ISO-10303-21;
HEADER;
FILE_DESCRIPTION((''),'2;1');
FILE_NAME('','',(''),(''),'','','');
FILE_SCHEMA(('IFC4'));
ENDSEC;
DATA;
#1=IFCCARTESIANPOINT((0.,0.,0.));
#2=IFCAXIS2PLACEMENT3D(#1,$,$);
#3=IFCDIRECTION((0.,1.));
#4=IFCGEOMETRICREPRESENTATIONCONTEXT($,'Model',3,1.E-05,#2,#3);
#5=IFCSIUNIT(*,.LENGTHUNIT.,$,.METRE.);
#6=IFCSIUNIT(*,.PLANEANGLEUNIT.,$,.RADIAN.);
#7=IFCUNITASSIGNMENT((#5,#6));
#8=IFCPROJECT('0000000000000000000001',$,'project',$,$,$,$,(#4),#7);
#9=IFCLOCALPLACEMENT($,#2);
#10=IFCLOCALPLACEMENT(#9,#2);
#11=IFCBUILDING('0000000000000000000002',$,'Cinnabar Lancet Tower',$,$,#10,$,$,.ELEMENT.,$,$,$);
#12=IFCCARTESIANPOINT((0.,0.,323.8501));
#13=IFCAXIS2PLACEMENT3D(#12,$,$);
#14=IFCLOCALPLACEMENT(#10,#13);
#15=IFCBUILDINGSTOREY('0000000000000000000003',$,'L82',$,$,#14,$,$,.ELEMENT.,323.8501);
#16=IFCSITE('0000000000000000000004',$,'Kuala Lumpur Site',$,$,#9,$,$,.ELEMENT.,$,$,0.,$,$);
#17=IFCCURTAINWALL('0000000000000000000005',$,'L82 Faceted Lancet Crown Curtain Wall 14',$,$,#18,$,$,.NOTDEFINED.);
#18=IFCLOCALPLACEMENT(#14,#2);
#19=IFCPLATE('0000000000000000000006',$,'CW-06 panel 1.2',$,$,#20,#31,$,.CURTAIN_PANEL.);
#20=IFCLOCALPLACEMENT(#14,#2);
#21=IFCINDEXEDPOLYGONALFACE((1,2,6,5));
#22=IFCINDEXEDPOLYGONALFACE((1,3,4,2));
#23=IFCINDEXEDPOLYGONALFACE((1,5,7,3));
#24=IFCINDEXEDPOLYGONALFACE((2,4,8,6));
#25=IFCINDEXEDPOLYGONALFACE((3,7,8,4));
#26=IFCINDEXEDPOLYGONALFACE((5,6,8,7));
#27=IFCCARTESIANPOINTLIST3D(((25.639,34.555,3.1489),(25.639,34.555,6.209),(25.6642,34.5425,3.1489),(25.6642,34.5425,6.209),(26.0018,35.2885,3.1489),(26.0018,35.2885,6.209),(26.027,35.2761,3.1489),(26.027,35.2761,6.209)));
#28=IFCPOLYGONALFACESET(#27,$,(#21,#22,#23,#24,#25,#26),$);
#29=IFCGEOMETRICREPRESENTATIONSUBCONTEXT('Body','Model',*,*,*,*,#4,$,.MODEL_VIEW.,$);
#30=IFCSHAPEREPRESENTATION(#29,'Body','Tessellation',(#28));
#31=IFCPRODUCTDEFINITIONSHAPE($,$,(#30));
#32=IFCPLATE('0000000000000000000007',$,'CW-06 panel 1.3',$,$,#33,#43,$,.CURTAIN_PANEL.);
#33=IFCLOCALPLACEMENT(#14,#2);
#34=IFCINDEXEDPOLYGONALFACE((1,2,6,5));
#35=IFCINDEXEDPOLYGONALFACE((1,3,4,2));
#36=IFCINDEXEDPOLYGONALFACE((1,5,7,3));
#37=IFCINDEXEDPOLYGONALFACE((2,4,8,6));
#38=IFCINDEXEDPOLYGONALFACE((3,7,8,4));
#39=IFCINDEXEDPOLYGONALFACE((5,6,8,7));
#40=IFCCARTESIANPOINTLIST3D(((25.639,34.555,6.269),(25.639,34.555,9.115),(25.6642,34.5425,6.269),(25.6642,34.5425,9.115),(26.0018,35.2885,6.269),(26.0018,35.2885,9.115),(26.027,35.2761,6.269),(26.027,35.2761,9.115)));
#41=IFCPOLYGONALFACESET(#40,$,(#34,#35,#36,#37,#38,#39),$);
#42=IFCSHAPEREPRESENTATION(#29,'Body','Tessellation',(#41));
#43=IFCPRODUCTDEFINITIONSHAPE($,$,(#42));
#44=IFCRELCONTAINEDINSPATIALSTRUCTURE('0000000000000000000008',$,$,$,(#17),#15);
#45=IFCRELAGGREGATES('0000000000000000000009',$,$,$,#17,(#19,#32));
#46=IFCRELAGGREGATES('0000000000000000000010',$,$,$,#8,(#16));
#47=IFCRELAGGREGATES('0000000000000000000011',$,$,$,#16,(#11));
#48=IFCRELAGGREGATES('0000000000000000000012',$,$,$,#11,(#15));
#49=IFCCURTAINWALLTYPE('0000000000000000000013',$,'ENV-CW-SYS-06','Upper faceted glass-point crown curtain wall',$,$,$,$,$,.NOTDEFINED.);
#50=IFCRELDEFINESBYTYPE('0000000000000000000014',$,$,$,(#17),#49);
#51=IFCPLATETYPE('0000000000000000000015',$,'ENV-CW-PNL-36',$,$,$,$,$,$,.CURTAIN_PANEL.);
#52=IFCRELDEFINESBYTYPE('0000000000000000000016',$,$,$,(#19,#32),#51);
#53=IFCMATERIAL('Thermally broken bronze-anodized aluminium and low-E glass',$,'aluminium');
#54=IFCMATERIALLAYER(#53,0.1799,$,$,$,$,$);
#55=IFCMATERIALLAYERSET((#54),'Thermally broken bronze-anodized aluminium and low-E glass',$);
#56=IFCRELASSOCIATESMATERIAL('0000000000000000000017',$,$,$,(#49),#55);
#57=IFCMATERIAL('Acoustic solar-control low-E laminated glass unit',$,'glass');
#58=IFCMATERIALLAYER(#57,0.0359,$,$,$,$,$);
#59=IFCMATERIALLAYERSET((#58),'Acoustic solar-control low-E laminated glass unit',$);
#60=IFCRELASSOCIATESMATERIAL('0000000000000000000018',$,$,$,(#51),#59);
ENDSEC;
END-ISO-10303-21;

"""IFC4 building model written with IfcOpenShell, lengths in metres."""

from ifc_helpers import new_model, si_unit, direction, frame, origin, origin_2d, place, context, subcontext, project, spatial, rectangle, extrude, material, layer, layer_set, type_object, element, aggregate, save


model = new_model("IFC4")

# Units and contexts
model_context = context("Model", 3, precision=1e-05, world=origin(), true_north=direction((0.0, 1.0)))
body_context = subcontext(model_context, "Body", "Model", "MODEL_VIEW")
ifc_project = project(units=[si_unit("LENGTHUNIT", "METRE"), si_unit("PLANEANGLEUNIT", "RADIAN")], contexts=[model_context])

# Site, building, storey
site_placement = place(None, origin())
site = spatial("IfcSite", under=ifc_project, at=site_placement, Name="Kuala Lumpur Site", CompositionType="ELEMENT", RefElevation=0.0)
building_placement = place(site_placement, origin())
building = spatial("IfcBuilding", under=site, at=building_placement, Name="Cinnabar Lancet Tower", CompositionType="ELEMENT")
storey_placement = place(building_placement, frame((0.0, 0.0, 323.8501)))
storey = spatial("IfcBuildingStorey", under=building, at=storey_placement, Name="L82", CompositionType="ELEMENT", Elevation=323.8501)

# Curtain wall
ifc_material_1 = material(Name="Thermally broken bronze-anodized aluminium and low-E glass", Category="aluminium")
ifc_layer_1 = layer(ifc_material_1, 0.1799)
ifc_layer_set_1 = layer_set([ifc_layer_1], Name="Thermally broken bronze-anodized aluminium and low-E glass")
curtain_wall_type = type_object("IfcCurtainWallType", Name="ENV-CW-SYS-06", Description="Upper faceted glass-point crown curtain wall", PredefinedType="NOTDEFINED", material=ifc_layer_set_1)
curtain_wall_1_placement = place(storey_placement, origin())
curtain_wall_1 = element("IfcCurtainWall", 1, at=curtain_wall_1_placement, inside=storey, type_object=curtain_wall_type, Name="L82 Faceted Lancet Crown Curtain Wall 14", PredefinedType="NOTDEFINED")

# Plates
ifc_material_2 = material(Name="Acoustic solar-control low-E laminated glass unit", Category="glass")
ifc_layer_2 = layer(ifc_material_2, 0.0359)
ifc_layer_set_2 = layer_set([ifc_layer_2], Name="Acoustic solar-control low-E laminated glass unit")
plate_type = type_object("IfcPlateType", Name="ENV-CW-PNL-36", PredefinedType="CURTAIN_PANEL", material=ifc_layer_set_2)
plate_1_placement = place(storey_placement, frame((25.833, 34.9155, 3.1489), z_axis=(0.0, 0.0, 1.0), x_axis=(-0.443373, -0.896337, 0.0)))
plate_1 = element("IfcPlate", 2, at=plate_1_placement, type_object=plate_type, Name="CW-06 panel 1.2", PredefinedType="CURTAIN_PANEL", context=body_context, shape_type="SweptSolid", body=[
    extrude(rectangle(XDim=0.8184, YDim=0.0281, at=origin_2d()), origin(), (0.0, 0.0, 1.0), 3.0601),
])
plate_2_placement = place(storey_placement, frame((25.833, 34.9155, 6.269), z_axis=(0.0, 0.0, 1.0), x_axis=(-0.443373, -0.896337, 0.0)))
plate_2 = element("IfcPlate", 3, at=plate_2_placement, type_object=plate_type, Name="CW-06 panel 1.3", PredefinedType="CURTAIN_PANEL", context=body_context, shape_type="SweptSolid", body=[
    extrude(rectangle(XDim=0.8184, YDim=0.0281, at=origin_2d()), origin(), (0.0, 0.0, 1.0), 2.8459),
])
aggregate(curtain_wall_1, [plate_1, plate_2])

save(model, "model.ifc")
